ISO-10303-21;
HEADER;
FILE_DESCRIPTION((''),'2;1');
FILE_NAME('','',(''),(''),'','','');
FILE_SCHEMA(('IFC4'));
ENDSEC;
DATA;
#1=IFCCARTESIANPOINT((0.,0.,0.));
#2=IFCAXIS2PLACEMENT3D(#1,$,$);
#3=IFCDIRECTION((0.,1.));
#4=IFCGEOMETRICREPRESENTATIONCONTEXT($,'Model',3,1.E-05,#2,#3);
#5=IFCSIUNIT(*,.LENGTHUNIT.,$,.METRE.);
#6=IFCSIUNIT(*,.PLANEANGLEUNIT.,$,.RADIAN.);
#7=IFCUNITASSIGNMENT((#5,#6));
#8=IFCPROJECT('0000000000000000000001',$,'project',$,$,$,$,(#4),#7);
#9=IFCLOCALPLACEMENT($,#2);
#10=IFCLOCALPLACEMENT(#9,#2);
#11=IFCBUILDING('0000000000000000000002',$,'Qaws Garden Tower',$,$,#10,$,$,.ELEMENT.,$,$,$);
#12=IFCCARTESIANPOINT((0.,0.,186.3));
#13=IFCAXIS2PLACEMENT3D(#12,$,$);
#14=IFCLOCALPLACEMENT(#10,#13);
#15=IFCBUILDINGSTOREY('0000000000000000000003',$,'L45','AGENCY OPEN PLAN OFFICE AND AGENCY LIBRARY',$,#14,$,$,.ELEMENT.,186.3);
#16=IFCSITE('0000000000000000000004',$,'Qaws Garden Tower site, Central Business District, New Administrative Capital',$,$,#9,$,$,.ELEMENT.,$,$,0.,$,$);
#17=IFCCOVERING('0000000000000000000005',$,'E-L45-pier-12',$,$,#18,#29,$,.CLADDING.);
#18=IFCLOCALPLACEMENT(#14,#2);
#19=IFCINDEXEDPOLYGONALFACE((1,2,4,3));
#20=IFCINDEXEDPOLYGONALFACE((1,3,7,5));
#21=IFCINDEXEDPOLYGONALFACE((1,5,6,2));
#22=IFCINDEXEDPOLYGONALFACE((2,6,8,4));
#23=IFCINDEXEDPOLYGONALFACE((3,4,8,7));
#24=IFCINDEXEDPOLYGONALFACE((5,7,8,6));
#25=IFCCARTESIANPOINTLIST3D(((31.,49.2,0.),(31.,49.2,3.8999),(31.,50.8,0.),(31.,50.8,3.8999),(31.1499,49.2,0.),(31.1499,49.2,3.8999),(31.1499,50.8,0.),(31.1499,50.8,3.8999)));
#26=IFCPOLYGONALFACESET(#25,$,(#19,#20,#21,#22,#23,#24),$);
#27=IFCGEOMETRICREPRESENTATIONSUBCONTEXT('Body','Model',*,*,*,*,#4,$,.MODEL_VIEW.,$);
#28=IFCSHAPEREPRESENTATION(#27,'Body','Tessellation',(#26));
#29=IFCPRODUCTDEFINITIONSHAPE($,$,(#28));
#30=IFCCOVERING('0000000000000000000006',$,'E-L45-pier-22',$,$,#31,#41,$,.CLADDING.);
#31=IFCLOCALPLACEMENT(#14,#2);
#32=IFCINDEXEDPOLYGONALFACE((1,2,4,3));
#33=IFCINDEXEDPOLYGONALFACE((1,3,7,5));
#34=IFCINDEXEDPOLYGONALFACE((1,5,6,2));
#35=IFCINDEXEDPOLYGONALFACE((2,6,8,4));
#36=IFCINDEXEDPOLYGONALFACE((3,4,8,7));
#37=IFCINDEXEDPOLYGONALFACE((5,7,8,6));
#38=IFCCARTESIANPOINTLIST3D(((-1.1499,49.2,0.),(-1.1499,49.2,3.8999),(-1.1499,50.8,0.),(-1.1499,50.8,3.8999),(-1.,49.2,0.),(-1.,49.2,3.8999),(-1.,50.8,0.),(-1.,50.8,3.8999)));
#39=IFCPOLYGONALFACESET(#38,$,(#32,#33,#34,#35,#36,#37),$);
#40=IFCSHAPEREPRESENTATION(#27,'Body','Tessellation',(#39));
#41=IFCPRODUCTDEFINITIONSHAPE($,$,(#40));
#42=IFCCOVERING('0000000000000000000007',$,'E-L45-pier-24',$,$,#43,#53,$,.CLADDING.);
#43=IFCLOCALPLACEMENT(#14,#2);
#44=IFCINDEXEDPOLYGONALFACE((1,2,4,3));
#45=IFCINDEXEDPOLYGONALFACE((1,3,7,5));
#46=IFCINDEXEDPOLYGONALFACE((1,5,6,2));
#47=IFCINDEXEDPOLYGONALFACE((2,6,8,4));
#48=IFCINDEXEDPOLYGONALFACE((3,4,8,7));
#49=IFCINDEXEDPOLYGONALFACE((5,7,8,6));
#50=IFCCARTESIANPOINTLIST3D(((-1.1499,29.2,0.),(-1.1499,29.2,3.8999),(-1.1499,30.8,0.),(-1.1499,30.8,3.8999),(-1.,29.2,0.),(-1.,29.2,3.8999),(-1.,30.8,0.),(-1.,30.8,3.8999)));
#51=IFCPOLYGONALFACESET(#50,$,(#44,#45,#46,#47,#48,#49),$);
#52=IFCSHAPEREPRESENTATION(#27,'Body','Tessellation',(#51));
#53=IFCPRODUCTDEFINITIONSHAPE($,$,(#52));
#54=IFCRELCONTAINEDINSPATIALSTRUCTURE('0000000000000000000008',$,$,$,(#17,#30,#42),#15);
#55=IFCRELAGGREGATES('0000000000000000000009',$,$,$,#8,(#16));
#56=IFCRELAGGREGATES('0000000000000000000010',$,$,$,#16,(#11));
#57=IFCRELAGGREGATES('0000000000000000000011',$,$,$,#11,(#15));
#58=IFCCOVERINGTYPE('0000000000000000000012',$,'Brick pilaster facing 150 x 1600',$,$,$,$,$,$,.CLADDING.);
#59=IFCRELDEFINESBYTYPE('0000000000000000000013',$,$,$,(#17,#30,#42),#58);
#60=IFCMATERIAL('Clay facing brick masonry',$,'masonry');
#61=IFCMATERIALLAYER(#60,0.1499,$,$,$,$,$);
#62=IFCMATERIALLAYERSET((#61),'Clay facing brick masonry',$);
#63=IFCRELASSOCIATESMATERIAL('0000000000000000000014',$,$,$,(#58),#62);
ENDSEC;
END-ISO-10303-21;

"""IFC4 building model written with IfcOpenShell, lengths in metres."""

from ifc_helpers import new_model, si_unit, direction, frame, origin, place, context, subcontext, project, spatial, polyline, outline, extrude, material, layer, layer_set, type_object, element, save


model = new_model("IFC4")

# Units and contexts
model_context = context("Model", 3, precision=1e-05, world=origin(), true_north=direction((0.0, 1.0)))
body_context = subcontext(model_context, "Body", "Model", "MODEL_VIEW")
ifc_project = project(units=[si_unit("LENGTHUNIT", "METRE"), si_unit("PLANEANGLEUNIT", "RADIAN")], contexts=[model_context])

# Site, building, storey
site_placement = place(None, origin())
site = spatial("IfcSite", under=ifc_project, at=site_placement, Name="Qaws Garden Tower site, Central Business District, New Administrative Capital", CompositionType="ELEMENT", RefElevation=0.0)
building_placement = place(site_placement, origin())
building = spatial("IfcBuilding", under=site, at=building_placement, Name="Qaws Garden Tower", CompositionType="ELEMENT")
storey_placement = place(building_placement, frame((0.0, 0.0, 186.3)))
storey = spatial("IfcBuildingStorey", under=building, at=storey_placement, Name="L45", Description="AGENCY OPEN PLAN OFFICE AND AGENCY LIBRARY", CompositionType="ELEMENT", Elevation=186.3)

# Shared definitions
placement = place(storey_placement, origin())

# Coverings
ifc_material_1 = material(Name="Clay facing brick masonry", Category="masonry")
ifc_layer_1 = layer(ifc_material_1, 0.1499)
ifc_layer_set_1 = layer_set([ifc_layer_1], Name="Clay facing brick masonry")
covering_type = type_object("IfcCoveringType", Name="Brick pilaster facing 150 x 1600", PredefinedType="CLADDING", material=ifc_layer_set_1)
element("IfcCovering", 1, at=placement, inside=storey, type_object=covering_type, Name="E-L45-pier-12", PredefinedType="CLADDING", context=body_context, shape_type="SweptSolid", body=[
    extrude(outline(polyline([(31.0, 49.2), (31.0, 50.8), (31.1499, 50.8), (31.1499, 49.2), (31.0, 49.2)])), origin(), (0.0, 0.0, 1.0), 3.8999),
])
element("IfcCovering", 2, at=placement, inside=storey, type_object=covering_type, Name="E-L45-pier-22", PredefinedType="CLADDING", context=body_context, shape_type="SweptSolid", body=[
    extrude(outline(polyline([(-1.0, 50.8), (-1.0, 49.2), (-1.1499, 49.2), (-1.1499, 50.8), (-1.0, 50.8)])), origin(), (0.0, 0.0, 1.0), 3.8999),
])
element("IfcCovering", 3, at=placement, inside=storey, type_object=covering_type, Name="E-L45-pier-24", PredefinedType="CLADDING", context=body_context, shape_type="SweptSolid", body=[
    extrude(outline(polyline([(-1.0, 30.8), (-1.0, 29.2), (-1.1499, 29.2), (-1.1499, 30.8), (-1.0, 30.8)])), origin(), (0.0, 0.0, 1.0), 3.8999),
])

save(model, "model.ifc")
